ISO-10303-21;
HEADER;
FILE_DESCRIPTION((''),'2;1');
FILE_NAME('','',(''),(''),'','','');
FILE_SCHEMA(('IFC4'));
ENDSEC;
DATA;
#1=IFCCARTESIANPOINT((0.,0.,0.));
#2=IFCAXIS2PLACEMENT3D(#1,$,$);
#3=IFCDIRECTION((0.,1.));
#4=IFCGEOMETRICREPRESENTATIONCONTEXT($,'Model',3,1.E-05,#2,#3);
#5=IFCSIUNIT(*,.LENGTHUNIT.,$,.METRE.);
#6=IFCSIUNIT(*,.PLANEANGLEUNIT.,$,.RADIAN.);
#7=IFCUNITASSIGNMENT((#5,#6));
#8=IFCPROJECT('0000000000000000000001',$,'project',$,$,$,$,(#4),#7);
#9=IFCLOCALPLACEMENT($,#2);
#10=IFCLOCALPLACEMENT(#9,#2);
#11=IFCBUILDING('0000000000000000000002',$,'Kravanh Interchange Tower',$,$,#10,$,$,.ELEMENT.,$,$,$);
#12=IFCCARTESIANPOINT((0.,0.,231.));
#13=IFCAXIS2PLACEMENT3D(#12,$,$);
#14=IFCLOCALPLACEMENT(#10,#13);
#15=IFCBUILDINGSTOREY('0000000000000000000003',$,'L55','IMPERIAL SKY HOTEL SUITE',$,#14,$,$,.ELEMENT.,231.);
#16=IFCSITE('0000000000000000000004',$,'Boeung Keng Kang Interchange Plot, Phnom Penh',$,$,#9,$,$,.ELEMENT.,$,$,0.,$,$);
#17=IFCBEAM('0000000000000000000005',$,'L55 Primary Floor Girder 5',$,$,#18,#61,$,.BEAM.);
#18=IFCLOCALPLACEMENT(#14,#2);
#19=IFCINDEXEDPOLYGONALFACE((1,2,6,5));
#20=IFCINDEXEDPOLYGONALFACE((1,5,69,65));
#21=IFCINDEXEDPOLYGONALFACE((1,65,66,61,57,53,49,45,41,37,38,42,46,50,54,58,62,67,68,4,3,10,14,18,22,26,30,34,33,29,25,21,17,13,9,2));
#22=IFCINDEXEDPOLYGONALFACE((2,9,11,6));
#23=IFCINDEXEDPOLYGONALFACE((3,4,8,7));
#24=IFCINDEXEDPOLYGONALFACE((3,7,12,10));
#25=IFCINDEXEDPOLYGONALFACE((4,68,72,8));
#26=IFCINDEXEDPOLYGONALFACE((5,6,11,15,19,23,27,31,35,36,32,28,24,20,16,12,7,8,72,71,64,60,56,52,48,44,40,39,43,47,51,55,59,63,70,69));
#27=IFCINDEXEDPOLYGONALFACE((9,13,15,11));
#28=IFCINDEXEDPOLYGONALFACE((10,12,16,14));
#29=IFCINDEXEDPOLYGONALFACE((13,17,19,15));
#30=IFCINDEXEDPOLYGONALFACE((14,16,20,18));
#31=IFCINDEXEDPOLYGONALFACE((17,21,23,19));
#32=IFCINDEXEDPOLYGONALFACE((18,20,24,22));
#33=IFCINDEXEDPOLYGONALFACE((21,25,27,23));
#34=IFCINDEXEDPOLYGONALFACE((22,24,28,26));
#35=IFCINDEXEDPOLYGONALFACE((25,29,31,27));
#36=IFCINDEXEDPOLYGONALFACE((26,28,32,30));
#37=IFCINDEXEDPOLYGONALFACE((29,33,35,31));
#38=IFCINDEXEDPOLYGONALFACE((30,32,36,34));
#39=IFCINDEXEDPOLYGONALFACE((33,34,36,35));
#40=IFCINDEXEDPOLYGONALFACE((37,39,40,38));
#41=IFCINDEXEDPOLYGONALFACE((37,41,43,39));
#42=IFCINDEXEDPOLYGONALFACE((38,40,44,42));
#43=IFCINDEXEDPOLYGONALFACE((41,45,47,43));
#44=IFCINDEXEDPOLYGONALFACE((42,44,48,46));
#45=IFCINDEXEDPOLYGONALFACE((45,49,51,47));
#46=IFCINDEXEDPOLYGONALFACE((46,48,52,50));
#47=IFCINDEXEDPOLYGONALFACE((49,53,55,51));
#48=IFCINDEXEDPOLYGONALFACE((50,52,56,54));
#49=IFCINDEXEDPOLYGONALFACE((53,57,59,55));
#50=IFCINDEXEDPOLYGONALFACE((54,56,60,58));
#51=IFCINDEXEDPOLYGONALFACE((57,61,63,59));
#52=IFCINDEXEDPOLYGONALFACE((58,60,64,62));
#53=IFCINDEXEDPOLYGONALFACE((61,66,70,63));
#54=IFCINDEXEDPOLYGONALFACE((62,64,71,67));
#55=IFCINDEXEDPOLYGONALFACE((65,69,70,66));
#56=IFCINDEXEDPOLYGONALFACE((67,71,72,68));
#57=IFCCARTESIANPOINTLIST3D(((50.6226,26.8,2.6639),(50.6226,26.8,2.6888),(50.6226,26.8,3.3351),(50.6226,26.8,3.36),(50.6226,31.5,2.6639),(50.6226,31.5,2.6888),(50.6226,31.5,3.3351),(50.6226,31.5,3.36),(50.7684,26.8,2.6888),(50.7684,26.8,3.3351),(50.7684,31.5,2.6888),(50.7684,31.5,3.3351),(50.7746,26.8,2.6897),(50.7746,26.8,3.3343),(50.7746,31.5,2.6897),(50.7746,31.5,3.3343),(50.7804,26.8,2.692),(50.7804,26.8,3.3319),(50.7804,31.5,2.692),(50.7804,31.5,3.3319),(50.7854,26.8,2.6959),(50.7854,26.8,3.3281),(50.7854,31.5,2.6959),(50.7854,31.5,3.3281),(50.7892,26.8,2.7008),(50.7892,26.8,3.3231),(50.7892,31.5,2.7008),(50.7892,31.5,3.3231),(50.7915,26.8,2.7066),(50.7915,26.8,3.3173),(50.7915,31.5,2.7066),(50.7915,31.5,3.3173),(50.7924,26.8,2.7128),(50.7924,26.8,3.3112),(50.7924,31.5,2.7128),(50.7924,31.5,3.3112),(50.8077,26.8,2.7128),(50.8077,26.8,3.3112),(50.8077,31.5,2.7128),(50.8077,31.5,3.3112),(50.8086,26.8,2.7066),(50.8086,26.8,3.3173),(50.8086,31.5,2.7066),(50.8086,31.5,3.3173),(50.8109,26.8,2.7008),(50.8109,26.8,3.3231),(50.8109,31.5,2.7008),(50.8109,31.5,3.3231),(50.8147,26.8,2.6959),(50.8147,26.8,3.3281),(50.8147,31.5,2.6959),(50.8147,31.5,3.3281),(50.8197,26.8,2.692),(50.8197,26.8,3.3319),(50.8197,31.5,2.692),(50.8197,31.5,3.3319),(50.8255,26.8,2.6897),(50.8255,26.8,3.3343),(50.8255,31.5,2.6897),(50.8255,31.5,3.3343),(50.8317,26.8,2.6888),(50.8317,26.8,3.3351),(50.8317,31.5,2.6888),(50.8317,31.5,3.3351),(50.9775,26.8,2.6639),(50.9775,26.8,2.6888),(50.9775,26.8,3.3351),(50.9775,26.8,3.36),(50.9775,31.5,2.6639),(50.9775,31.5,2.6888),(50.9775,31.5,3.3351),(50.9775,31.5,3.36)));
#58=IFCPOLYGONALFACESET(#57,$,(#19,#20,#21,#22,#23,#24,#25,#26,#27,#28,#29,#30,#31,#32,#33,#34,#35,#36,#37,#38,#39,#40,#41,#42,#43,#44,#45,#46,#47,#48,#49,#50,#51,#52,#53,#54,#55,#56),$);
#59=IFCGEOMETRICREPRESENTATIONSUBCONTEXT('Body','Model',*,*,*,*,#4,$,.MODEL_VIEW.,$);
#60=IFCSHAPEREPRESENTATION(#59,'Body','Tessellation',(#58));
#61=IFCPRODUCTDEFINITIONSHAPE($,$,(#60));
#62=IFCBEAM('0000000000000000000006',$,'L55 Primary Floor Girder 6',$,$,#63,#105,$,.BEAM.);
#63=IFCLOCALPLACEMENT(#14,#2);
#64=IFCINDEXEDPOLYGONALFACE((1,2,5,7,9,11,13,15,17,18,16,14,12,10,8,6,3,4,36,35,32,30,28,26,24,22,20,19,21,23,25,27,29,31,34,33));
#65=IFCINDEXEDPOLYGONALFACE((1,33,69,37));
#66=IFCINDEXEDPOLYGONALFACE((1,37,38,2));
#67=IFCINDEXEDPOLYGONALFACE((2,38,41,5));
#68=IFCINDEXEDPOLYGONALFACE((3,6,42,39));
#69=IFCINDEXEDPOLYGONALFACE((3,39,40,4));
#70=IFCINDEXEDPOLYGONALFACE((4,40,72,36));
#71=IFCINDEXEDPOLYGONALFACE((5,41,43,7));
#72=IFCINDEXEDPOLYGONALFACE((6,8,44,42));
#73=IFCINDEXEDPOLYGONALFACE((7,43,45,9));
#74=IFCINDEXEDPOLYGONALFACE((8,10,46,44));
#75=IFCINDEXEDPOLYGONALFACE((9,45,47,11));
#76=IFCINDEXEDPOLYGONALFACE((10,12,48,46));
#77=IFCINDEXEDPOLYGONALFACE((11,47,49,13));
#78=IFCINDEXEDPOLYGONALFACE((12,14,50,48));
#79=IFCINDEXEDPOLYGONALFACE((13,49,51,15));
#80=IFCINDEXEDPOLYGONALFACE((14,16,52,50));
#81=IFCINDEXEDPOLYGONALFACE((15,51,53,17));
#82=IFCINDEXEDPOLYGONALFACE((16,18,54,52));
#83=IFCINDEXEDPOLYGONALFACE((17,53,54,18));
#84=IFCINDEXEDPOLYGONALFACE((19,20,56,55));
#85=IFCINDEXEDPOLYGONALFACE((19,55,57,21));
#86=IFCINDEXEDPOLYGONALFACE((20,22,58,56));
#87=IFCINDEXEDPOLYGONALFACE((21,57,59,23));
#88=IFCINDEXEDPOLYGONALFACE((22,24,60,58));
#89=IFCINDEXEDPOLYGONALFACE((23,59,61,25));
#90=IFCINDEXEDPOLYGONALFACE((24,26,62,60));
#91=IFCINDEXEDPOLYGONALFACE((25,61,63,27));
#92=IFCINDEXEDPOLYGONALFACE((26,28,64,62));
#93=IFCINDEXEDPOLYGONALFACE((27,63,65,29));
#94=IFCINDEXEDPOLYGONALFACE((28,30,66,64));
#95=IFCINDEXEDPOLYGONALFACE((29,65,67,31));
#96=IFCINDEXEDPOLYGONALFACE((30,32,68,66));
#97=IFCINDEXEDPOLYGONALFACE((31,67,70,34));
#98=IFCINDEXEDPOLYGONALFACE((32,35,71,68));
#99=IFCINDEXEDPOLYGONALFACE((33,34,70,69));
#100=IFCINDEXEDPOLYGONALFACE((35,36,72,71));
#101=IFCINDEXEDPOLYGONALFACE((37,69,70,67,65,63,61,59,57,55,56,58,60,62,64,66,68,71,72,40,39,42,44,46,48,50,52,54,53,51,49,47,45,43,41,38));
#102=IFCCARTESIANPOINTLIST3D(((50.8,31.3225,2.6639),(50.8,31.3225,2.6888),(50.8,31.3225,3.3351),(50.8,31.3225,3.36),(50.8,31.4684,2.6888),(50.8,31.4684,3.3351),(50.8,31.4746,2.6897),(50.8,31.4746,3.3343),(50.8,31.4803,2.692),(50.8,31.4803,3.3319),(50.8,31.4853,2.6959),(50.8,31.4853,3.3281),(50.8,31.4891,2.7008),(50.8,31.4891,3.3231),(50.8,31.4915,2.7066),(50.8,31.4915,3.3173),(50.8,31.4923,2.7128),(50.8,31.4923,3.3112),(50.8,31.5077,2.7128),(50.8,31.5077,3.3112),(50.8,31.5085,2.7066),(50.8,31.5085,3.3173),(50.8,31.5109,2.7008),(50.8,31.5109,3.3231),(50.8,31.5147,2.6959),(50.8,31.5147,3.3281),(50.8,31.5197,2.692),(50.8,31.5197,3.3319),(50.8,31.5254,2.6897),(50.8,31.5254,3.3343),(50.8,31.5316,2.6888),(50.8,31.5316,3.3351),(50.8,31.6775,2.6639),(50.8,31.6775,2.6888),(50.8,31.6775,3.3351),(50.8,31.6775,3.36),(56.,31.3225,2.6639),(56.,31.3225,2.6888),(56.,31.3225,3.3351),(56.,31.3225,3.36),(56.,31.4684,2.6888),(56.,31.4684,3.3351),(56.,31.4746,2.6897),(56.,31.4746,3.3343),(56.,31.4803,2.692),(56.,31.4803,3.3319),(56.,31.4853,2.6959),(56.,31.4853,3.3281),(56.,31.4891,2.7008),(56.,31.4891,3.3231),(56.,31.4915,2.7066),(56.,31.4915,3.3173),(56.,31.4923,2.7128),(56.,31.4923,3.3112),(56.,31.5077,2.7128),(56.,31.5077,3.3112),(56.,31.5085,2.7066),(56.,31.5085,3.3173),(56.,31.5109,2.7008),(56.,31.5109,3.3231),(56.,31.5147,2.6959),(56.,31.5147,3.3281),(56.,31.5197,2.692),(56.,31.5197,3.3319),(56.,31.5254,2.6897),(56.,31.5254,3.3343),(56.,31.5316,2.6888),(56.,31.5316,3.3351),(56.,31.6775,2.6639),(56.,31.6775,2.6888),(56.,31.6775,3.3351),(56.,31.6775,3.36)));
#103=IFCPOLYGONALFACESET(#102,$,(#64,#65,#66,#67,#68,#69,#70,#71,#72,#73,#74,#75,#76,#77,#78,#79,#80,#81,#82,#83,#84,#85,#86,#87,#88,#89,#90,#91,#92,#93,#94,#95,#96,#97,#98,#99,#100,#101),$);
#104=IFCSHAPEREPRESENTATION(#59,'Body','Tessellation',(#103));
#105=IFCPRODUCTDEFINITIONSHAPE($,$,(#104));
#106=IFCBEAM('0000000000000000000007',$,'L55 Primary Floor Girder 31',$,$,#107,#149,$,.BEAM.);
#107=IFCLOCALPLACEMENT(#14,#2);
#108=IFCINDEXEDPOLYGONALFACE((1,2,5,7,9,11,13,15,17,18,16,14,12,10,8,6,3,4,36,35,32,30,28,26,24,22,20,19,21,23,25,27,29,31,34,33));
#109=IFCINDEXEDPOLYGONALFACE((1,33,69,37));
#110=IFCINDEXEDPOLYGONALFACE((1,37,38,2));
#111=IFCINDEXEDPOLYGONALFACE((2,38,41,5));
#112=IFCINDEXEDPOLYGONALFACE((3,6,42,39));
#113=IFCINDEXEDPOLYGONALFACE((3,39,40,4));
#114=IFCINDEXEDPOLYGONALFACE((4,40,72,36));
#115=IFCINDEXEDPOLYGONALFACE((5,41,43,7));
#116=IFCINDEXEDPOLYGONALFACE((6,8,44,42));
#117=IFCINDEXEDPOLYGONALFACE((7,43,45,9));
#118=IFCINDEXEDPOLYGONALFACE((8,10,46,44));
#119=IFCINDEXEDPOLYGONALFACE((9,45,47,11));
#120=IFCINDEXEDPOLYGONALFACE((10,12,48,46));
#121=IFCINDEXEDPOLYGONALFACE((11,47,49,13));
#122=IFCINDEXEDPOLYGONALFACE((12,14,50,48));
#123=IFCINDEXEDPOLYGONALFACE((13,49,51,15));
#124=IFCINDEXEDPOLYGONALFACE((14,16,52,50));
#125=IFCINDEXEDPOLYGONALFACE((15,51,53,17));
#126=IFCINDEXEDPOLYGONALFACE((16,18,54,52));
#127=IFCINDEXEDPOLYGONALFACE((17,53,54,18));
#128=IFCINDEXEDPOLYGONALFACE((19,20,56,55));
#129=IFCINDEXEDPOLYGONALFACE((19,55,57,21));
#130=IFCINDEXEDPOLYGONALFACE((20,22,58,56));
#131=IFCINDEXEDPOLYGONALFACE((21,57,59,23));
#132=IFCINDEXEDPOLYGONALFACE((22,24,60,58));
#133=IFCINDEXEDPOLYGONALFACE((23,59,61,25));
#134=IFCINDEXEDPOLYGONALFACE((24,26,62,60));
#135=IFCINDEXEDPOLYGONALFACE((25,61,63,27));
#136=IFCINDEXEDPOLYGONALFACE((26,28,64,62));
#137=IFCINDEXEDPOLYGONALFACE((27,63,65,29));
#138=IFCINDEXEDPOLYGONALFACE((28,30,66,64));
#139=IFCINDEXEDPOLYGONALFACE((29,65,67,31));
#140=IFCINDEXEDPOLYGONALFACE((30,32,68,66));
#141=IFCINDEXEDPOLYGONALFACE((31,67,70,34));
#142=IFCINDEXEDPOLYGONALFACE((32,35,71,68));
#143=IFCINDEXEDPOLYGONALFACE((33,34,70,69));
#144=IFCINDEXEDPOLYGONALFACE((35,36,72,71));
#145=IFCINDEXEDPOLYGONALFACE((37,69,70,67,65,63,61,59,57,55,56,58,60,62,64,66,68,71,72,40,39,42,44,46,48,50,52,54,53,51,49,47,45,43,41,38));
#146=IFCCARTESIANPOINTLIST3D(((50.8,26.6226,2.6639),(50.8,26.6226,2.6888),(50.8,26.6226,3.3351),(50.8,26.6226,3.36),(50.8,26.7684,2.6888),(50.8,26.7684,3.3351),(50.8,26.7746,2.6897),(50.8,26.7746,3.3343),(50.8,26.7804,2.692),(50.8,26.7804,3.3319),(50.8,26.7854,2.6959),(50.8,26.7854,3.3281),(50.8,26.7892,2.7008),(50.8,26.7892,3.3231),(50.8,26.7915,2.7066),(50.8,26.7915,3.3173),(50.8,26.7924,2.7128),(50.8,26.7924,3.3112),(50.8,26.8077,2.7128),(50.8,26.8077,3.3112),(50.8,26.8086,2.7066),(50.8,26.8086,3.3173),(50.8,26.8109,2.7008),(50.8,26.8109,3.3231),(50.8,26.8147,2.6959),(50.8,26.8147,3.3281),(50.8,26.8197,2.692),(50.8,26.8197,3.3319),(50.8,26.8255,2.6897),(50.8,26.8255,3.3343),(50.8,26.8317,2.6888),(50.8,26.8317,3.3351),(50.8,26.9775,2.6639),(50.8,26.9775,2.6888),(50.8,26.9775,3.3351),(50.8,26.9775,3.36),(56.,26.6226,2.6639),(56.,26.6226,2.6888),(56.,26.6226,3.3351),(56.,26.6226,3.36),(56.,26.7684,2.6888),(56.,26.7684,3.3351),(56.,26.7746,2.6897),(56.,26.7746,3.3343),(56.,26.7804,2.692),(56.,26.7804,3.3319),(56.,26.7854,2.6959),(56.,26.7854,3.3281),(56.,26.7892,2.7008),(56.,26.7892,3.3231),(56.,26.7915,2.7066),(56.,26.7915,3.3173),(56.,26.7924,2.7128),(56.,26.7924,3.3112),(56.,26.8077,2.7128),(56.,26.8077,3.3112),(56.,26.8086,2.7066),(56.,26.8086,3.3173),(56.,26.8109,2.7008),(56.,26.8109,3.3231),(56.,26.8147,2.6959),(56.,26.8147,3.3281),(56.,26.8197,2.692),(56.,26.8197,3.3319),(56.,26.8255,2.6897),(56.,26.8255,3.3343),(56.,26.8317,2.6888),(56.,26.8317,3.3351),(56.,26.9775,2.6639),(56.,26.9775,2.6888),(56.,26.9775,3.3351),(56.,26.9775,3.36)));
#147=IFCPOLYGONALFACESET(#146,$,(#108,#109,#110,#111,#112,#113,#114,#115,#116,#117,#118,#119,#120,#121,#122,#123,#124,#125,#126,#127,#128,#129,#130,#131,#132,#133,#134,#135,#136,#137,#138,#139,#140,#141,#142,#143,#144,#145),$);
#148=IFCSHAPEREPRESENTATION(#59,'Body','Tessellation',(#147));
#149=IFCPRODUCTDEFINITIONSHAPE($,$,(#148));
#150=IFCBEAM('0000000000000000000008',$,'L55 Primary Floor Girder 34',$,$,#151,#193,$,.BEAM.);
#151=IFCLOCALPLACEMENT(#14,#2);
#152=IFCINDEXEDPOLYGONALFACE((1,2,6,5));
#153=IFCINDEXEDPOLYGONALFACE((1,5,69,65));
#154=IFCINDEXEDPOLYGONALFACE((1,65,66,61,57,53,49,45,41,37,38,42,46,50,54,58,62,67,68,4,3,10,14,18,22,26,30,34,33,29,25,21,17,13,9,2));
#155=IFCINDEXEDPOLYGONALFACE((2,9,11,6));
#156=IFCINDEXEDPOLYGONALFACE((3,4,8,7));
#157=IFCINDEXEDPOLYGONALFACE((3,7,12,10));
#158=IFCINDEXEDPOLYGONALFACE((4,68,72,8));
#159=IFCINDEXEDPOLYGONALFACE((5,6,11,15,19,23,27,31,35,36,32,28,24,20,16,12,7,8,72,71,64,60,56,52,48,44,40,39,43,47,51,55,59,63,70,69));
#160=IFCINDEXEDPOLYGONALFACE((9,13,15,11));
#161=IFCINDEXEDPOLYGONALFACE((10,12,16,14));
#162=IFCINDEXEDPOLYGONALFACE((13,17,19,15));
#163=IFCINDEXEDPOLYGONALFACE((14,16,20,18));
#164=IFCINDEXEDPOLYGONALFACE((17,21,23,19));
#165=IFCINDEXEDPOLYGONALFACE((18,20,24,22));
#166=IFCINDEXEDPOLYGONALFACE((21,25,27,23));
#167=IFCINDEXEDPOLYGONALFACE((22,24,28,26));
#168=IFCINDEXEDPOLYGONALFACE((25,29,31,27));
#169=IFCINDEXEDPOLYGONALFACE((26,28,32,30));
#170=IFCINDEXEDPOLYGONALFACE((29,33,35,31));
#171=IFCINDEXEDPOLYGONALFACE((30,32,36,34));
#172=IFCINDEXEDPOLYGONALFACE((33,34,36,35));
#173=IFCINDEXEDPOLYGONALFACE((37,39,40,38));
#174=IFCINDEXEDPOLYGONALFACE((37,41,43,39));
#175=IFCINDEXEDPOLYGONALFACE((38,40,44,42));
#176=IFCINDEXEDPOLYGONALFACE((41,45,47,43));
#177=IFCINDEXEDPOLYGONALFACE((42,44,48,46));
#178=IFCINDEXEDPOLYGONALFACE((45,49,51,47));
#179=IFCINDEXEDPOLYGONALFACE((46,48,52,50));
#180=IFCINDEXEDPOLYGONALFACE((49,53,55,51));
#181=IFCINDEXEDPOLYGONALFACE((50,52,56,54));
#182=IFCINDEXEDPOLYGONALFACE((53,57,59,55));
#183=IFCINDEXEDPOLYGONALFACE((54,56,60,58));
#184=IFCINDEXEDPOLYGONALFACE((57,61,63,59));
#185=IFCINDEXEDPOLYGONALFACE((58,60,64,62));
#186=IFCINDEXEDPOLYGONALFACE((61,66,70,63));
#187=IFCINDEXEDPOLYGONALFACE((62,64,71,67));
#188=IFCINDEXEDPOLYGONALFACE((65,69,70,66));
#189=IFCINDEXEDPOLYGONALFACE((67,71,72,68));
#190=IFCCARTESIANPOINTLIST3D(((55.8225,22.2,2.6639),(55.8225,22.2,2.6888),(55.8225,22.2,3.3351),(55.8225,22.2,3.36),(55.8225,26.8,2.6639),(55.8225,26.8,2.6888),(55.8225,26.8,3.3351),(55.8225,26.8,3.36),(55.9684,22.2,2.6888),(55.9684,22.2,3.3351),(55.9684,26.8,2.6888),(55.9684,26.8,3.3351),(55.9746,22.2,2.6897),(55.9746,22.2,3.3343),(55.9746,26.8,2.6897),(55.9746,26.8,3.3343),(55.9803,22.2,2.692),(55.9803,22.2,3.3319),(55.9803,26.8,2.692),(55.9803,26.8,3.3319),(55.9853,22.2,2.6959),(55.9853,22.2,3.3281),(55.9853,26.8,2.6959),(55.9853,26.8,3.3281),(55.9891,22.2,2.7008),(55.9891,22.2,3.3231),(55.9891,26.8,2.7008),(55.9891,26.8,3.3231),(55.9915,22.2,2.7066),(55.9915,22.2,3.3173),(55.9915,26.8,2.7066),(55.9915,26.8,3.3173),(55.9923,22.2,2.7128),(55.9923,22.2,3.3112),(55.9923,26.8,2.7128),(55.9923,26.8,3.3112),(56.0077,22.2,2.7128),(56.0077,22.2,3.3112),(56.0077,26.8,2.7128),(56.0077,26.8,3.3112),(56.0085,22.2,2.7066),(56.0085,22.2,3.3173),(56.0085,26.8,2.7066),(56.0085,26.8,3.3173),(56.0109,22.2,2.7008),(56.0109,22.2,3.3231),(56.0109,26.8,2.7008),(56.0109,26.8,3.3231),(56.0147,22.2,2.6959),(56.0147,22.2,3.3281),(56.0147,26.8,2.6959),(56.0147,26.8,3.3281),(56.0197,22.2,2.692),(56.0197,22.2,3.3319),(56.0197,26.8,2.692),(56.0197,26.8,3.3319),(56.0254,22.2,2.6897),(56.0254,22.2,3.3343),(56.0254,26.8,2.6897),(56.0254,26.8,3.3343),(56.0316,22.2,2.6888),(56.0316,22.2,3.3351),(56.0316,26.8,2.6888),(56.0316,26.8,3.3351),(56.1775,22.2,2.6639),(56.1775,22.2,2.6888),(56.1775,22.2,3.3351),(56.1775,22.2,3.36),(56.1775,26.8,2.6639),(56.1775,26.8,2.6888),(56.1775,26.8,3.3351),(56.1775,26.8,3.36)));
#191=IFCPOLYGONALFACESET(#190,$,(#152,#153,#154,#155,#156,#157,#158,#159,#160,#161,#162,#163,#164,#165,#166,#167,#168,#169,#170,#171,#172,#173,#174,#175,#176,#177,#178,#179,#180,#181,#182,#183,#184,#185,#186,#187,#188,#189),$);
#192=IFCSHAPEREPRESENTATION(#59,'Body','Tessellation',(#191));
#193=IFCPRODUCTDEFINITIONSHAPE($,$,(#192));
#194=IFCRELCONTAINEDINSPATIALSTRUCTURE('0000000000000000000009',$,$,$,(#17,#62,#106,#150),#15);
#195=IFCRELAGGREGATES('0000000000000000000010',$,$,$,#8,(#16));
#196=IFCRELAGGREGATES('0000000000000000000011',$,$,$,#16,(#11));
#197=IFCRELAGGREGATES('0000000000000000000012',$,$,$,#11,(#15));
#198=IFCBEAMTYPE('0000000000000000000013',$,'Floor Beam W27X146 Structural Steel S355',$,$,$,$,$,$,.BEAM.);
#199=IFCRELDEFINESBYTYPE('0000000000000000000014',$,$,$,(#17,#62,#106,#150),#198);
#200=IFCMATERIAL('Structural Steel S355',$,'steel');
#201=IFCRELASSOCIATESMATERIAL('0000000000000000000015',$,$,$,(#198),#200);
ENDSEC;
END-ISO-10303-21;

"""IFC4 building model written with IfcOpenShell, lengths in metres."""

from ifc_helpers import new_model, si_unit, direction, frame, origin, origin_2d, place, context, subcontext, project, spatial, i_section, extrude, material, material_profile, profile_set, type_object, element, save


model = new_model("IFC4")

# Units and contexts
model_context = context("Model", 3, precision=1e-05, world=origin(), true_north=direction((0.0, 1.0)))
body_context = subcontext(model_context, "Body", "Model", "MODEL_VIEW")
ifc_project = project(units=[si_unit("LENGTHUNIT", "METRE"), si_unit("PLANEANGLEUNIT", "RADIAN")], contexts=[model_context])

# Site, building, storey
site_placement = place(None, origin())
site = spatial("IfcSite", under=ifc_project, at=site_placement, Name="Boeung Keng Kang Interchange Plot, Phnom Penh", CompositionType="ELEMENT", RefElevation=0.0)
building_placement = place(site_placement, origin())
building = spatial("IfcBuilding", under=site, at=building_placement, Name="Kravanh Interchange Tower", CompositionType="ELEMENT")
storey_placement = place(building_placement, frame((0.0, 0.0, 231.0)))
storey = spatial("IfcBuildingStorey", under=building, at=storey_placement, Name="L55", Description="IMPERIAL SKY HOTEL SUITE", CompositionType="ELEMENT", Elevation=231.0)

# Beams
ifc_material_1 = material(Name="Structural Steel S355", Category="steel")
ifc_material_profile_1 = material_profile(ifc_material_1, i_section(OverallWidth=0.355, OverallDepth=0.696, WebThickness=0.0154, FlangeThickness=0.0249, FilletRadius=0.0239, at=origin_2d()), Name="W27X146")
ifc_profile_set_1 = profile_set([ifc_material_profile_1], Name="Structural Steel S355")
beam_type_1 = type_object("IfcBeamType", Name="Floor Beam W27X146 Structural Steel S355", PredefinedType="BEAM", material=ifc_profile_set_1)
beam_1_placement = place(storey_placement, frame((50.8, 31.5, 3.012), z_axis=(0.0, -1.0, 0.0), x_axis=(1.0, 0.0, 0.0)))
element("IfcBeam", 1, at=beam_1_placement, inside=storey, type_object=beam_type_1, Name="L55 Primary Floor Girder 5", PredefinedType="BEAM", context=body_context, shape_type="SweptSolid", body=[
    extrude(i_section(OverallWidth=0.355, OverallDepth=0.696, WebThickness=0.0154, FlangeThickness=0.0249, FilletRadius=0.0239, at=origin_2d()), origin(), (0.0, 0.0, 1.0), 4.7),
])
for number, where, z_axis, x_axis, name in (
    (2, (50.8, 31.5, 3.012), (1.0, 0.0, 0.0), (0.0, 1.0, 0.0), "L55 Primary Floor Girder 6"),
    (3, (50.8, 26.8, 3.012), (1.0, 0.0, 0.0), (0.0, 1.0, 0.0), "L55 Primary Floor Girder 31"),
):
    element("IfcBeam", number, at=place(storey_placement, frame(where, z_axis=z_axis, x_axis=x_axis)), inside=storey, type_object=beam_type_1, Name=name, PredefinedType="BEAM", context=body_context, shape_type="SweptSolid", body=[
        extrude(i_section(OverallWidth=0.355, OverallDepth=0.696, WebThickness=0.0154, FlangeThickness=0.0249, FilletRadius=0.0239, at=origin_2d()), origin(), (0.0, 0.0, 1.0), 5.2),
    ])
beam_2_placement = place(storey_placement, frame((56.0, 26.8, 3.012), z_axis=(0.0, -1.0, 0.0), x_axis=(1.0, 0.0, 0.0)))
element("IfcBeam", 4, at=beam_2_placement, inside=storey, type_object=beam_type_1, Name="L55 Primary Floor Girder 34", PredefinedType="BEAM", context=body_context, shape_type="SweptSolid", body=[
    extrude(i_section(OverallWidth=0.355, OverallDepth=0.696, WebThickness=0.0154, FlangeThickness=0.0249, FilletRadius=0.0239, at=origin_2d()), origin(), (0.0, 0.0, 1.0), 4.6001),
])

save(model, "model.ifc")
